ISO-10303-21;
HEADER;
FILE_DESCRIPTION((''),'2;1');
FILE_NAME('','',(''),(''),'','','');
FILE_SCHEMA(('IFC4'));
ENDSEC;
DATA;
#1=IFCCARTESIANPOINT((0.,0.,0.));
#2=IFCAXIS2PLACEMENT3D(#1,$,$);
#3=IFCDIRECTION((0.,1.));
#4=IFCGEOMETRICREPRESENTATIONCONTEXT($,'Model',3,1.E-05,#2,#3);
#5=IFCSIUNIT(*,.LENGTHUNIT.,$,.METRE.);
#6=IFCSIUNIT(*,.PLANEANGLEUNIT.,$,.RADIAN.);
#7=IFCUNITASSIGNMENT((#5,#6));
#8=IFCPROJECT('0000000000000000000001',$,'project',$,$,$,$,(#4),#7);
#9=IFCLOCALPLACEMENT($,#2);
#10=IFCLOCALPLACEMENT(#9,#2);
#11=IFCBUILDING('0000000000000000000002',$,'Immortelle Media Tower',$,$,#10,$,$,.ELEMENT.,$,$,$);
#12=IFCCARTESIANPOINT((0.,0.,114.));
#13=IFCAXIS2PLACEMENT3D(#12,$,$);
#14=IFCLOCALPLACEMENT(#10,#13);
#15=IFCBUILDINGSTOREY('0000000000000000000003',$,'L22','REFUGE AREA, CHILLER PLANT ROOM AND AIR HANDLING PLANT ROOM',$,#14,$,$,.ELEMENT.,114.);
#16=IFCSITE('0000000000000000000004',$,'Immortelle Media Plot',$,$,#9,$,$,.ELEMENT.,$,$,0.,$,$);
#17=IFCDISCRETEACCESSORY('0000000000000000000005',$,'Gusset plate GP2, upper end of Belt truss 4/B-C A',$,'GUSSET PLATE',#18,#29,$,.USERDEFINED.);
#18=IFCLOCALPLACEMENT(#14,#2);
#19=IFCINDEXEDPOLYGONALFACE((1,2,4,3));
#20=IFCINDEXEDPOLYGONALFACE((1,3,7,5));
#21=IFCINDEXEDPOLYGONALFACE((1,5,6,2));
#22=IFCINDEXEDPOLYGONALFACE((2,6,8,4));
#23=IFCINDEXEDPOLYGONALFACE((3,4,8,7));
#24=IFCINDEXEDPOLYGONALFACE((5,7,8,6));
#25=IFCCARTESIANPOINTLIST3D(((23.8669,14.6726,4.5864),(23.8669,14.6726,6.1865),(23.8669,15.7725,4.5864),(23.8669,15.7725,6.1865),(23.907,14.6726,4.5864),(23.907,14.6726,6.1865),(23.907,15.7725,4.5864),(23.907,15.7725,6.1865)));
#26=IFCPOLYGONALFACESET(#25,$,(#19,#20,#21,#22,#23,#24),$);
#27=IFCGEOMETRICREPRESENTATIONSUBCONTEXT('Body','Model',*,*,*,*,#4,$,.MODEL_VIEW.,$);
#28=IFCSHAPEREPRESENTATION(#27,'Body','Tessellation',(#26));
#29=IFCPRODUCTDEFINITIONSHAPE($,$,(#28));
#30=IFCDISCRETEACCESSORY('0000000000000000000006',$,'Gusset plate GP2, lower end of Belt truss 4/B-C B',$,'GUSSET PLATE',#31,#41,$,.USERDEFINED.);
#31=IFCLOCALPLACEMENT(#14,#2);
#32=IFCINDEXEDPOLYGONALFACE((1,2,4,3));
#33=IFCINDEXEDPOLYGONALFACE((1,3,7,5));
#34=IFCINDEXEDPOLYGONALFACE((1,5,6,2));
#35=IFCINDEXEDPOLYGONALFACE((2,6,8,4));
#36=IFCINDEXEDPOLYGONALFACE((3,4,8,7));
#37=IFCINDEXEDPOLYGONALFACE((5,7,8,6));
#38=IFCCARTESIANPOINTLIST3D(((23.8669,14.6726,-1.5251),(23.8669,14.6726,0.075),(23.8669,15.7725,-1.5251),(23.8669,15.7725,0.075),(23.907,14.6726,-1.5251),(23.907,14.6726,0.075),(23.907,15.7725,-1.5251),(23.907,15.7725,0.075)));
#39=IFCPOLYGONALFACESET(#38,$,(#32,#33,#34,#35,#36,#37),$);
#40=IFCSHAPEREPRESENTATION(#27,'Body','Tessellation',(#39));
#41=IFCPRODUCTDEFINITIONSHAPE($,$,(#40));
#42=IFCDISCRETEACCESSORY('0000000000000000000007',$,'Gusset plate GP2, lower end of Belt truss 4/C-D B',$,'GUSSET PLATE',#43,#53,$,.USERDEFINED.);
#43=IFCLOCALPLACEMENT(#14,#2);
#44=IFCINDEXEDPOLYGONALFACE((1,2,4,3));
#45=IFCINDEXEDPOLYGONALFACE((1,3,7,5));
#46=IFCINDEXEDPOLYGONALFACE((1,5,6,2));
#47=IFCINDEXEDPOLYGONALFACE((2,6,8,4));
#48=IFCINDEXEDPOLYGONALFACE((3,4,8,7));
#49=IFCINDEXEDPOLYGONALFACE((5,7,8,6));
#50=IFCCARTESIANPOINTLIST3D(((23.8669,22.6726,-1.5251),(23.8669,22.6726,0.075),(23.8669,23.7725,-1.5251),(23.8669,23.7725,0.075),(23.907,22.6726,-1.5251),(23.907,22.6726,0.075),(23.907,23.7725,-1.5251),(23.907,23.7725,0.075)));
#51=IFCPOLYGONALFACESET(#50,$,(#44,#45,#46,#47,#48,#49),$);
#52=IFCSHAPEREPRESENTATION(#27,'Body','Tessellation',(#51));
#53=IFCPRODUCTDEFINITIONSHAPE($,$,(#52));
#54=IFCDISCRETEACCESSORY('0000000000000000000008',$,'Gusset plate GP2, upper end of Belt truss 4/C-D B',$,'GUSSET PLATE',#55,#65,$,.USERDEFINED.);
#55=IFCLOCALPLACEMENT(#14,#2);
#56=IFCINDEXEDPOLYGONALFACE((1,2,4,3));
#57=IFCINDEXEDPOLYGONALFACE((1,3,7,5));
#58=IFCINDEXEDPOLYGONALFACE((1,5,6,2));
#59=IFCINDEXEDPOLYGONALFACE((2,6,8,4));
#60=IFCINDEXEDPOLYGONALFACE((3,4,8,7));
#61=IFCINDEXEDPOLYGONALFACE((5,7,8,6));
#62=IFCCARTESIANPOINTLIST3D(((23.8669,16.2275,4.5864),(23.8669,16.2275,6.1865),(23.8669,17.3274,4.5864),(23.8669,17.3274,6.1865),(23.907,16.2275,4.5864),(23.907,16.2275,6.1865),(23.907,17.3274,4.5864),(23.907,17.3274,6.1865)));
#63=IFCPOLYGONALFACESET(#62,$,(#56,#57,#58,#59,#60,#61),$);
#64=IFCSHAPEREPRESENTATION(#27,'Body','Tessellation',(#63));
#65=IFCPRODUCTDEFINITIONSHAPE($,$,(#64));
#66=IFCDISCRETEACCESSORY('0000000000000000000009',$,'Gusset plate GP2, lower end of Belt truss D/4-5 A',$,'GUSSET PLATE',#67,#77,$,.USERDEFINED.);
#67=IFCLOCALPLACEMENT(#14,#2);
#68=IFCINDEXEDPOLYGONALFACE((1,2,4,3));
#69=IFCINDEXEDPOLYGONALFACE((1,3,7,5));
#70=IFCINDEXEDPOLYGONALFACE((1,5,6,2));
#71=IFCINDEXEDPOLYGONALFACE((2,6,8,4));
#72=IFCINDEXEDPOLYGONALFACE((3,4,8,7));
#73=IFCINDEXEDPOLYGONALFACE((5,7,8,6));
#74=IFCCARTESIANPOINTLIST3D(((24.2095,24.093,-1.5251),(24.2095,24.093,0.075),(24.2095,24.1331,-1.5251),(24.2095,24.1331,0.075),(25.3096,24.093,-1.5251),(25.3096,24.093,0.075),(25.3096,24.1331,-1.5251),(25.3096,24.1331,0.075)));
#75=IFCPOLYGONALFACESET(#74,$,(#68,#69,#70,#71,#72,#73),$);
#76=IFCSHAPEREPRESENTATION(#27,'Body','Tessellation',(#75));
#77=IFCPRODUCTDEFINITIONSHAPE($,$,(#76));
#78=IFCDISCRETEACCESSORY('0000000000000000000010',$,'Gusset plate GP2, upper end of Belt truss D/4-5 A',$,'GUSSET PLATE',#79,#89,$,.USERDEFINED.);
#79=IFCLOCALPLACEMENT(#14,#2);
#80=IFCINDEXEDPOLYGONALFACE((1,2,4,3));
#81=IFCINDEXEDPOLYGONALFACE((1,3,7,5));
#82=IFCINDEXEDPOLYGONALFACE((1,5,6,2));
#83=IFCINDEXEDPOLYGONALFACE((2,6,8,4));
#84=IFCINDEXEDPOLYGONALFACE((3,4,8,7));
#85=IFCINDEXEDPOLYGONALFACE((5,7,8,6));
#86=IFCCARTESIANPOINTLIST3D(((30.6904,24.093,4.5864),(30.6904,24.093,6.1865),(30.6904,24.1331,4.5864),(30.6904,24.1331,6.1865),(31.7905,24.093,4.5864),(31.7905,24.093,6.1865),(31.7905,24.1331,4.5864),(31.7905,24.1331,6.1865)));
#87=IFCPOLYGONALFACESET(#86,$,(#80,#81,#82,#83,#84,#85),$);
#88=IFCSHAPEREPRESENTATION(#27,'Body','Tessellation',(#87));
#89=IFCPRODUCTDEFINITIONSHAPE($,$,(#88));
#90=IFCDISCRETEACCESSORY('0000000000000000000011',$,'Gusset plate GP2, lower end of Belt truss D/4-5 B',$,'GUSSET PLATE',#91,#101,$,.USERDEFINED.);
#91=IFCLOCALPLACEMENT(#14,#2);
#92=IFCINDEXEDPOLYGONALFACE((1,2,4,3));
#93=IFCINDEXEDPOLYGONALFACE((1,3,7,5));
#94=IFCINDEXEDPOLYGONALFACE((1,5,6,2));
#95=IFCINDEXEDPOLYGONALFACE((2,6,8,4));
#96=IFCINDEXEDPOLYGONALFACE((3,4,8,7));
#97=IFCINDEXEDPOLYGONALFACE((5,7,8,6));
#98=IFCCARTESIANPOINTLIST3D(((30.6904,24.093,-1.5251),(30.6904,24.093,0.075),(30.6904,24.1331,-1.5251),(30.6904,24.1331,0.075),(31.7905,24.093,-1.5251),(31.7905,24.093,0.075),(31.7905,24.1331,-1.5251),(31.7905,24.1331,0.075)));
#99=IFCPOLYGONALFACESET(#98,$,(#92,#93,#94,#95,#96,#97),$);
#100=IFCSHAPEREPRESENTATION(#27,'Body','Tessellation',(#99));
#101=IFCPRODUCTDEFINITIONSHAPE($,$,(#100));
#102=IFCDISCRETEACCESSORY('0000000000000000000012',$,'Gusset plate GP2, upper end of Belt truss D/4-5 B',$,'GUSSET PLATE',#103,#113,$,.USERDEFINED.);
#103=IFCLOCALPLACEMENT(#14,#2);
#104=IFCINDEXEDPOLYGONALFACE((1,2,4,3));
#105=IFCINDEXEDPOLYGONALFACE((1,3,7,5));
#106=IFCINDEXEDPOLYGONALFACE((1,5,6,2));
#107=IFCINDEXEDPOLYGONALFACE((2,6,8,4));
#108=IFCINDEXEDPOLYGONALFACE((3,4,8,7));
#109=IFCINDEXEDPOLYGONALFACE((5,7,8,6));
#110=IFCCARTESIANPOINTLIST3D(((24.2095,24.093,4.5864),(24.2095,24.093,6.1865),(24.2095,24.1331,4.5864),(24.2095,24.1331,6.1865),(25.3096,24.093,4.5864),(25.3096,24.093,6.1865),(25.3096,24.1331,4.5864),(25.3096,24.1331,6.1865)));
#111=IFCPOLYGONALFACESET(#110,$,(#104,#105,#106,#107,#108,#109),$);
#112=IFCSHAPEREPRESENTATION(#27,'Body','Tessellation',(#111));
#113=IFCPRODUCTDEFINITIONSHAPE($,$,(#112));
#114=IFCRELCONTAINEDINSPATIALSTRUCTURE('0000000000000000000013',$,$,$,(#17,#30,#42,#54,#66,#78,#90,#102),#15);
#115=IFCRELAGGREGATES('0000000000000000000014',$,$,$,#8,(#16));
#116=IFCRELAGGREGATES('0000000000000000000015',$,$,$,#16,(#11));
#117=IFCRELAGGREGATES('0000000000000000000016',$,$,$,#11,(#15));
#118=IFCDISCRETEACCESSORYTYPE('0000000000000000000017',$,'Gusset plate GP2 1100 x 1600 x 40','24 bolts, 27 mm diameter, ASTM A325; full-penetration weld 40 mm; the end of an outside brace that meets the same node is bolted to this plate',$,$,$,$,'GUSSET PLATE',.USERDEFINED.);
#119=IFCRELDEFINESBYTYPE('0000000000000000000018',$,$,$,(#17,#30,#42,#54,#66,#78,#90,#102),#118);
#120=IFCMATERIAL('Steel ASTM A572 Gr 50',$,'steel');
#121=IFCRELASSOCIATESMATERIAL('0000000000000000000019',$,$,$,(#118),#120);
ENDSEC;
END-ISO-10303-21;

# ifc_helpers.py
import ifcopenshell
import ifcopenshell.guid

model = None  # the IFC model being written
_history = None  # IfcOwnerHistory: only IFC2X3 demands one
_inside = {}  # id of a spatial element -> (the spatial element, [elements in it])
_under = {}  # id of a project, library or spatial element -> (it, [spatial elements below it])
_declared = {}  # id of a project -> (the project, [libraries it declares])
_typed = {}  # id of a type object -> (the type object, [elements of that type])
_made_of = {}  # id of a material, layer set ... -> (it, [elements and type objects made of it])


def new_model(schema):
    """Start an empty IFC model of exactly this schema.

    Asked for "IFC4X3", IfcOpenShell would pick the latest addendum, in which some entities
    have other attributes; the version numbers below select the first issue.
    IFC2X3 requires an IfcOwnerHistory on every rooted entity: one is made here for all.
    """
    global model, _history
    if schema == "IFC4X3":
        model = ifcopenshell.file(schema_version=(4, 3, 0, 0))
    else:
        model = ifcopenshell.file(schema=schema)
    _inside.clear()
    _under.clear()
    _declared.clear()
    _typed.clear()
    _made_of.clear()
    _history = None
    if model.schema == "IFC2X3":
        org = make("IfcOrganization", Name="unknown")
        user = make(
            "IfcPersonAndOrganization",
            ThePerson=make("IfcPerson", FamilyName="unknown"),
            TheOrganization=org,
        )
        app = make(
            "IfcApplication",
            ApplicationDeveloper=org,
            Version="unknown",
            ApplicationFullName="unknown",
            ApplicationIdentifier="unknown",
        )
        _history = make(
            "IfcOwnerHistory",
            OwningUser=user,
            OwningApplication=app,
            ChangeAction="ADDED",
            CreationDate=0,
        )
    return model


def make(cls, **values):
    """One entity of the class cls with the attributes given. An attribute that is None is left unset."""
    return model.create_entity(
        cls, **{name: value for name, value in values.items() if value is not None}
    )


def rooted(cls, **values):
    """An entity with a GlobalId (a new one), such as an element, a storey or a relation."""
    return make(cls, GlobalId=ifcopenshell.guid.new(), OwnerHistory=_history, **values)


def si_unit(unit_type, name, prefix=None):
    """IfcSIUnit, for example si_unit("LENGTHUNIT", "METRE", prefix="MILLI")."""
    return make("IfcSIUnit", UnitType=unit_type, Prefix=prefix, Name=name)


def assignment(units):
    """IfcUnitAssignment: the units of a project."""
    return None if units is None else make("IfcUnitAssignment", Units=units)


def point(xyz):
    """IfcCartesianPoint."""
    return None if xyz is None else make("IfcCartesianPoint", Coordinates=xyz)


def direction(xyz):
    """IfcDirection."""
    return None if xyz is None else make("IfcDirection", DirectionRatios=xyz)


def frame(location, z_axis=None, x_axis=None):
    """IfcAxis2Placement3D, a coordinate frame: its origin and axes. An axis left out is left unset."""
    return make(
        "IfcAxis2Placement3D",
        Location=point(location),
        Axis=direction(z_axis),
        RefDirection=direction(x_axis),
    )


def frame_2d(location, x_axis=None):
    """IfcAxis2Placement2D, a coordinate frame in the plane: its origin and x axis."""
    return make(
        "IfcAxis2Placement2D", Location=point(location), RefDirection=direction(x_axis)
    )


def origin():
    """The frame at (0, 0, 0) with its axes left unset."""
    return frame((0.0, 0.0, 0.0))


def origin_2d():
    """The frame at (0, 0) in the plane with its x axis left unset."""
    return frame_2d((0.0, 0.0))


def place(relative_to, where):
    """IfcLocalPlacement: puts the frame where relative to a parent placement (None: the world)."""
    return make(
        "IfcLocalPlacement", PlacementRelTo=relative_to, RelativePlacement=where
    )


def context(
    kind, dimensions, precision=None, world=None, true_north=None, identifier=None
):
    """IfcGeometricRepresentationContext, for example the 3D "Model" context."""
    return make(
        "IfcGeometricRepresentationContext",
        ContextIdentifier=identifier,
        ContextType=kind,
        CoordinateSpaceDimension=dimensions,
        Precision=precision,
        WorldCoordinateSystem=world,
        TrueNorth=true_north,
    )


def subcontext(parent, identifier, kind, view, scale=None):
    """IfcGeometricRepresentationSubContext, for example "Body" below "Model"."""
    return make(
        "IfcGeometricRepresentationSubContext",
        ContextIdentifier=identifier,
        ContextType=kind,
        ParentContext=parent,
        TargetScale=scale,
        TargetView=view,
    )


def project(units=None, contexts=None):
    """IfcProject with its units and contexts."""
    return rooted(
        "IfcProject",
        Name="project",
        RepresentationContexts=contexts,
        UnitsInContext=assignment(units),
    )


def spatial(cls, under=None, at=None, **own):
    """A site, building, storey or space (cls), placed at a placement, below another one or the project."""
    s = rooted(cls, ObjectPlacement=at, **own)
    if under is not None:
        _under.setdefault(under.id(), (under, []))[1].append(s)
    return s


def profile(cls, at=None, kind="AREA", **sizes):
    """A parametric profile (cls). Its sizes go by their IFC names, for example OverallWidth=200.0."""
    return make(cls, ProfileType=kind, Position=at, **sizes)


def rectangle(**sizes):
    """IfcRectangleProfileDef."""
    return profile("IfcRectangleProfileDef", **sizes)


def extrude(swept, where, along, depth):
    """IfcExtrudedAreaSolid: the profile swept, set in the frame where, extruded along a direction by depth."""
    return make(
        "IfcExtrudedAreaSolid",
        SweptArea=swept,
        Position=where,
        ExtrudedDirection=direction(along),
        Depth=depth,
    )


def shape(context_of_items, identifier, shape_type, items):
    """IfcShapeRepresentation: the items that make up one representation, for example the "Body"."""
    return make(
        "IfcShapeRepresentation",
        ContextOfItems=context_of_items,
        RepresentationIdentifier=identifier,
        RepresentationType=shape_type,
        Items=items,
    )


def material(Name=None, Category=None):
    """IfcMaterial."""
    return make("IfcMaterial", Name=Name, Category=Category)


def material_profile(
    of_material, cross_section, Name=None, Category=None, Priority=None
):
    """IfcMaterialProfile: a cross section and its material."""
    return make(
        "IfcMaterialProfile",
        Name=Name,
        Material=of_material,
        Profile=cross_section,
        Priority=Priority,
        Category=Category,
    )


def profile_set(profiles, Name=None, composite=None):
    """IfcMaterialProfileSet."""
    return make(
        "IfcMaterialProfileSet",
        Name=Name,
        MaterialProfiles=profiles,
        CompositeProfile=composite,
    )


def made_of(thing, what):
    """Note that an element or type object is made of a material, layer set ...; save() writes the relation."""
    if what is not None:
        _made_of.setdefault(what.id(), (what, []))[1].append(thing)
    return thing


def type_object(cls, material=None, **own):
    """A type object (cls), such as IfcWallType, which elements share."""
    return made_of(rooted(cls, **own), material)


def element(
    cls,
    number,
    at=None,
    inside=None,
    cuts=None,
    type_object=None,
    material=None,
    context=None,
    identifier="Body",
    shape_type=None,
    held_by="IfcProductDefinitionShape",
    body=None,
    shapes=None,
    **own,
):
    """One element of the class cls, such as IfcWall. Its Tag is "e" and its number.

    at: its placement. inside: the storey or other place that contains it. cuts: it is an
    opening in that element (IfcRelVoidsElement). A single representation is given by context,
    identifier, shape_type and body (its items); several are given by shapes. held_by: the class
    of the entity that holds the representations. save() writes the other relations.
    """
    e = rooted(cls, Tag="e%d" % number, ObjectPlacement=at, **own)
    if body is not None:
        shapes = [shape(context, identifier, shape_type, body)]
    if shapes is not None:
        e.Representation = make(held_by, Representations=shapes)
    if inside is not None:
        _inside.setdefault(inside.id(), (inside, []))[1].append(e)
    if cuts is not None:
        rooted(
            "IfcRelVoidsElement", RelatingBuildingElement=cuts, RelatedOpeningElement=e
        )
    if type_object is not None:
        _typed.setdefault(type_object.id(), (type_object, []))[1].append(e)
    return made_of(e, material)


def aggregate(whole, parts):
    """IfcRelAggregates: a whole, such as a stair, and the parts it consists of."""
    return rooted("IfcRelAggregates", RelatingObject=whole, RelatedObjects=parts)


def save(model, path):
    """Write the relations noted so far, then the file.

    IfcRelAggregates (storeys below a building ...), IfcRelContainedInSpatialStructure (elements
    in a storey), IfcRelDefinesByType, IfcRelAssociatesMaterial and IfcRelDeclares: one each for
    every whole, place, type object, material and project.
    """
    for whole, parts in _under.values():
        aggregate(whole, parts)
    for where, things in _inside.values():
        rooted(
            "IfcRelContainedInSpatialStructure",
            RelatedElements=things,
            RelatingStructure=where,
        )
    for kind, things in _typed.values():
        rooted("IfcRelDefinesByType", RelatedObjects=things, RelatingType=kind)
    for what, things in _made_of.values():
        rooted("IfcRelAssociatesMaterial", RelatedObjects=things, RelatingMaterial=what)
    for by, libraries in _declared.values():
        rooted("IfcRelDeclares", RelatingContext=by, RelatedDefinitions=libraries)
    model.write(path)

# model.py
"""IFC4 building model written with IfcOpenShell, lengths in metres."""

from ifc_helpers import new_model, si_unit, direction, frame, origin, origin_2d, place, context, subcontext, project, spatial, rectangle, extrude, material, material_profile, profile_set, type_object, element, save


model = new_model("IFC4")

# Units and contexts
model_context = context("Model", 3, precision=1e-05, world=origin(), true_north=direction((0.0, 1.0)))
body_context = subcontext(model_context, "Body", "Model", "MODEL_VIEW")
ifc_project = project(units=[si_unit("LENGTHUNIT", "METRE"), si_unit("PLANEANGLEUNIT", "RADIAN")], contexts=[model_context])

# Site, building, storey
site_placement = place(None, origin())
site = spatial("IfcSite", under=ifc_project, at=site_placement, Name="Immortelle Media Plot", CompositionType="ELEMENT", RefElevation=0.0)
building_placement = place(site_placement, origin())
building = spatial("IfcBuilding", under=site, at=building_placement, Name="Immortelle Media Tower", CompositionType="ELEMENT")
storey_placement = place(building_placement, frame((0.0, 0.0, 114.0)))
storey = spatial("IfcBuildingStorey", under=building, at=storey_placement, Name="L22", Description="REFUGE AREA, CHILLER PLANT ROOM AND AIR HANDLING PLANT ROOM", CompositionType="ELEMENT", Elevation=114.0)

# Discrete accessories
ifc_material_1 = material(Name="Steel ASTM A572 Gr 50", Category="steel")
ifc_material_profile_1 = material_profile(ifc_material_1, rectangle(XDim=0.04, YDim=1.6001, at=origin_2d()), Name="PL 40 x 1600")
ifc_profile_set_1 = profile_set([ifc_material_profile_1], Name="Steel ASTM A572 Gr 50")
discrete_accessory_type_1 = type_object("IfcDiscreteAccessoryType", Name="Gusset plate GP2 1100 x 1600 x 40", Description="24 bolts, 27 mm diameter, ASTM A325; full-penetration weld 40 mm; the end of an outside brace that meets the same node is bolted to this plate", ElementType="GUSSET PLATE", PredefinedType="USERDEFINED", material=ifc_profile_set_1)
for number, where, z_axis, x_axis, name in (
    (1, (23.887, 15.7725, 5.3865), (0.0, -1.0, 0.0), (1.0, 0.0, 0.0), "Gusset plate GP2, upper end of Belt truss 4/B-C A"),
    (2, (23.887, 15.7725, -0.7251), (0.0, -1.0, 0.0), (1.0, 0.0, 0.0), "Gusset plate GP2, lower end of Belt truss 4/B-C B"),
    (3, (23.887, 23.7725, -0.7251), (0.0, -1.0, 0.0), (1.0, 0.0, 0.0), "Gusset plate GP2, lower end of Belt truss 4/C-D B"),
    (4, (23.887, 16.2275, 5.3865), (0.0, 1.0, 0.0), (-1.0, 0.0, 0.0), "Gusset plate GP2, upper end of Belt truss 4/C-D B"),
):
    element("IfcDiscreteAccessory", number, at=place(storey_placement, frame(where, z_axis=z_axis, x_axis=x_axis)), inside=storey, type_object=discrete_accessory_type_1, Name=name, ObjectType="GUSSET PLATE", PredefinedType="USERDEFINED", context=body_context, shape_type="SweptSolid", body=[
        extrude(rectangle(XDim=0.04, YDim=1.6001, at=origin_2d()), origin(), (0.0, 0.0, 1.0), 1.0999),
    ])
for number, where, z_axis, x_axis, name in (
    (5, (24.2095, 24.113, -0.7251), (1.0, 0.0, 0.0), (0.0, 1.0, 0.0), "Gusset plate GP2, lower end of Belt truss D/4-5 A"),
    (6, (31.7905, 24.113, 5.3865), (-1.0, 0.0, 0.0), (0.0, -1.0, 0.0), "Gusset plate GP2, upper end of Belt truss D/4-5 A"),
    (7, (31.7905, 24.113, -0.7251), (-1.0, 0.0, 0.0), (0.0, -1.0, 0.0), "Gusset plate GP2, lower end of Belt truss D/4-5 B"),
    (8, (24.2095, 24.113, 5.3865), (1.0, 0.0, 0.0), (0.0, 1.0, 0.0), "Gusset plate GP2, upper end of Belt truss D/4-5 B"),
):
    element("IfcDiscreteAccessory", number, at=place(storey_placement, frame(where, z_axis=z_axis, x_axis=x_axis)), inside=storey, type_object=discrete_accessory_type_1, Name=name, ObjectType="GUSSET PLATE", PredefinedType="USERDEFINED", context=body_context, shape_type="SweptSolid", body=[
        extrude(rectangle(XDim=0.04, YDim=1.6001, at=origin_2d()), origin(), (0.0, 0.0, 1.0), 1.1001),
    ])

save(model, "model.ifc")
